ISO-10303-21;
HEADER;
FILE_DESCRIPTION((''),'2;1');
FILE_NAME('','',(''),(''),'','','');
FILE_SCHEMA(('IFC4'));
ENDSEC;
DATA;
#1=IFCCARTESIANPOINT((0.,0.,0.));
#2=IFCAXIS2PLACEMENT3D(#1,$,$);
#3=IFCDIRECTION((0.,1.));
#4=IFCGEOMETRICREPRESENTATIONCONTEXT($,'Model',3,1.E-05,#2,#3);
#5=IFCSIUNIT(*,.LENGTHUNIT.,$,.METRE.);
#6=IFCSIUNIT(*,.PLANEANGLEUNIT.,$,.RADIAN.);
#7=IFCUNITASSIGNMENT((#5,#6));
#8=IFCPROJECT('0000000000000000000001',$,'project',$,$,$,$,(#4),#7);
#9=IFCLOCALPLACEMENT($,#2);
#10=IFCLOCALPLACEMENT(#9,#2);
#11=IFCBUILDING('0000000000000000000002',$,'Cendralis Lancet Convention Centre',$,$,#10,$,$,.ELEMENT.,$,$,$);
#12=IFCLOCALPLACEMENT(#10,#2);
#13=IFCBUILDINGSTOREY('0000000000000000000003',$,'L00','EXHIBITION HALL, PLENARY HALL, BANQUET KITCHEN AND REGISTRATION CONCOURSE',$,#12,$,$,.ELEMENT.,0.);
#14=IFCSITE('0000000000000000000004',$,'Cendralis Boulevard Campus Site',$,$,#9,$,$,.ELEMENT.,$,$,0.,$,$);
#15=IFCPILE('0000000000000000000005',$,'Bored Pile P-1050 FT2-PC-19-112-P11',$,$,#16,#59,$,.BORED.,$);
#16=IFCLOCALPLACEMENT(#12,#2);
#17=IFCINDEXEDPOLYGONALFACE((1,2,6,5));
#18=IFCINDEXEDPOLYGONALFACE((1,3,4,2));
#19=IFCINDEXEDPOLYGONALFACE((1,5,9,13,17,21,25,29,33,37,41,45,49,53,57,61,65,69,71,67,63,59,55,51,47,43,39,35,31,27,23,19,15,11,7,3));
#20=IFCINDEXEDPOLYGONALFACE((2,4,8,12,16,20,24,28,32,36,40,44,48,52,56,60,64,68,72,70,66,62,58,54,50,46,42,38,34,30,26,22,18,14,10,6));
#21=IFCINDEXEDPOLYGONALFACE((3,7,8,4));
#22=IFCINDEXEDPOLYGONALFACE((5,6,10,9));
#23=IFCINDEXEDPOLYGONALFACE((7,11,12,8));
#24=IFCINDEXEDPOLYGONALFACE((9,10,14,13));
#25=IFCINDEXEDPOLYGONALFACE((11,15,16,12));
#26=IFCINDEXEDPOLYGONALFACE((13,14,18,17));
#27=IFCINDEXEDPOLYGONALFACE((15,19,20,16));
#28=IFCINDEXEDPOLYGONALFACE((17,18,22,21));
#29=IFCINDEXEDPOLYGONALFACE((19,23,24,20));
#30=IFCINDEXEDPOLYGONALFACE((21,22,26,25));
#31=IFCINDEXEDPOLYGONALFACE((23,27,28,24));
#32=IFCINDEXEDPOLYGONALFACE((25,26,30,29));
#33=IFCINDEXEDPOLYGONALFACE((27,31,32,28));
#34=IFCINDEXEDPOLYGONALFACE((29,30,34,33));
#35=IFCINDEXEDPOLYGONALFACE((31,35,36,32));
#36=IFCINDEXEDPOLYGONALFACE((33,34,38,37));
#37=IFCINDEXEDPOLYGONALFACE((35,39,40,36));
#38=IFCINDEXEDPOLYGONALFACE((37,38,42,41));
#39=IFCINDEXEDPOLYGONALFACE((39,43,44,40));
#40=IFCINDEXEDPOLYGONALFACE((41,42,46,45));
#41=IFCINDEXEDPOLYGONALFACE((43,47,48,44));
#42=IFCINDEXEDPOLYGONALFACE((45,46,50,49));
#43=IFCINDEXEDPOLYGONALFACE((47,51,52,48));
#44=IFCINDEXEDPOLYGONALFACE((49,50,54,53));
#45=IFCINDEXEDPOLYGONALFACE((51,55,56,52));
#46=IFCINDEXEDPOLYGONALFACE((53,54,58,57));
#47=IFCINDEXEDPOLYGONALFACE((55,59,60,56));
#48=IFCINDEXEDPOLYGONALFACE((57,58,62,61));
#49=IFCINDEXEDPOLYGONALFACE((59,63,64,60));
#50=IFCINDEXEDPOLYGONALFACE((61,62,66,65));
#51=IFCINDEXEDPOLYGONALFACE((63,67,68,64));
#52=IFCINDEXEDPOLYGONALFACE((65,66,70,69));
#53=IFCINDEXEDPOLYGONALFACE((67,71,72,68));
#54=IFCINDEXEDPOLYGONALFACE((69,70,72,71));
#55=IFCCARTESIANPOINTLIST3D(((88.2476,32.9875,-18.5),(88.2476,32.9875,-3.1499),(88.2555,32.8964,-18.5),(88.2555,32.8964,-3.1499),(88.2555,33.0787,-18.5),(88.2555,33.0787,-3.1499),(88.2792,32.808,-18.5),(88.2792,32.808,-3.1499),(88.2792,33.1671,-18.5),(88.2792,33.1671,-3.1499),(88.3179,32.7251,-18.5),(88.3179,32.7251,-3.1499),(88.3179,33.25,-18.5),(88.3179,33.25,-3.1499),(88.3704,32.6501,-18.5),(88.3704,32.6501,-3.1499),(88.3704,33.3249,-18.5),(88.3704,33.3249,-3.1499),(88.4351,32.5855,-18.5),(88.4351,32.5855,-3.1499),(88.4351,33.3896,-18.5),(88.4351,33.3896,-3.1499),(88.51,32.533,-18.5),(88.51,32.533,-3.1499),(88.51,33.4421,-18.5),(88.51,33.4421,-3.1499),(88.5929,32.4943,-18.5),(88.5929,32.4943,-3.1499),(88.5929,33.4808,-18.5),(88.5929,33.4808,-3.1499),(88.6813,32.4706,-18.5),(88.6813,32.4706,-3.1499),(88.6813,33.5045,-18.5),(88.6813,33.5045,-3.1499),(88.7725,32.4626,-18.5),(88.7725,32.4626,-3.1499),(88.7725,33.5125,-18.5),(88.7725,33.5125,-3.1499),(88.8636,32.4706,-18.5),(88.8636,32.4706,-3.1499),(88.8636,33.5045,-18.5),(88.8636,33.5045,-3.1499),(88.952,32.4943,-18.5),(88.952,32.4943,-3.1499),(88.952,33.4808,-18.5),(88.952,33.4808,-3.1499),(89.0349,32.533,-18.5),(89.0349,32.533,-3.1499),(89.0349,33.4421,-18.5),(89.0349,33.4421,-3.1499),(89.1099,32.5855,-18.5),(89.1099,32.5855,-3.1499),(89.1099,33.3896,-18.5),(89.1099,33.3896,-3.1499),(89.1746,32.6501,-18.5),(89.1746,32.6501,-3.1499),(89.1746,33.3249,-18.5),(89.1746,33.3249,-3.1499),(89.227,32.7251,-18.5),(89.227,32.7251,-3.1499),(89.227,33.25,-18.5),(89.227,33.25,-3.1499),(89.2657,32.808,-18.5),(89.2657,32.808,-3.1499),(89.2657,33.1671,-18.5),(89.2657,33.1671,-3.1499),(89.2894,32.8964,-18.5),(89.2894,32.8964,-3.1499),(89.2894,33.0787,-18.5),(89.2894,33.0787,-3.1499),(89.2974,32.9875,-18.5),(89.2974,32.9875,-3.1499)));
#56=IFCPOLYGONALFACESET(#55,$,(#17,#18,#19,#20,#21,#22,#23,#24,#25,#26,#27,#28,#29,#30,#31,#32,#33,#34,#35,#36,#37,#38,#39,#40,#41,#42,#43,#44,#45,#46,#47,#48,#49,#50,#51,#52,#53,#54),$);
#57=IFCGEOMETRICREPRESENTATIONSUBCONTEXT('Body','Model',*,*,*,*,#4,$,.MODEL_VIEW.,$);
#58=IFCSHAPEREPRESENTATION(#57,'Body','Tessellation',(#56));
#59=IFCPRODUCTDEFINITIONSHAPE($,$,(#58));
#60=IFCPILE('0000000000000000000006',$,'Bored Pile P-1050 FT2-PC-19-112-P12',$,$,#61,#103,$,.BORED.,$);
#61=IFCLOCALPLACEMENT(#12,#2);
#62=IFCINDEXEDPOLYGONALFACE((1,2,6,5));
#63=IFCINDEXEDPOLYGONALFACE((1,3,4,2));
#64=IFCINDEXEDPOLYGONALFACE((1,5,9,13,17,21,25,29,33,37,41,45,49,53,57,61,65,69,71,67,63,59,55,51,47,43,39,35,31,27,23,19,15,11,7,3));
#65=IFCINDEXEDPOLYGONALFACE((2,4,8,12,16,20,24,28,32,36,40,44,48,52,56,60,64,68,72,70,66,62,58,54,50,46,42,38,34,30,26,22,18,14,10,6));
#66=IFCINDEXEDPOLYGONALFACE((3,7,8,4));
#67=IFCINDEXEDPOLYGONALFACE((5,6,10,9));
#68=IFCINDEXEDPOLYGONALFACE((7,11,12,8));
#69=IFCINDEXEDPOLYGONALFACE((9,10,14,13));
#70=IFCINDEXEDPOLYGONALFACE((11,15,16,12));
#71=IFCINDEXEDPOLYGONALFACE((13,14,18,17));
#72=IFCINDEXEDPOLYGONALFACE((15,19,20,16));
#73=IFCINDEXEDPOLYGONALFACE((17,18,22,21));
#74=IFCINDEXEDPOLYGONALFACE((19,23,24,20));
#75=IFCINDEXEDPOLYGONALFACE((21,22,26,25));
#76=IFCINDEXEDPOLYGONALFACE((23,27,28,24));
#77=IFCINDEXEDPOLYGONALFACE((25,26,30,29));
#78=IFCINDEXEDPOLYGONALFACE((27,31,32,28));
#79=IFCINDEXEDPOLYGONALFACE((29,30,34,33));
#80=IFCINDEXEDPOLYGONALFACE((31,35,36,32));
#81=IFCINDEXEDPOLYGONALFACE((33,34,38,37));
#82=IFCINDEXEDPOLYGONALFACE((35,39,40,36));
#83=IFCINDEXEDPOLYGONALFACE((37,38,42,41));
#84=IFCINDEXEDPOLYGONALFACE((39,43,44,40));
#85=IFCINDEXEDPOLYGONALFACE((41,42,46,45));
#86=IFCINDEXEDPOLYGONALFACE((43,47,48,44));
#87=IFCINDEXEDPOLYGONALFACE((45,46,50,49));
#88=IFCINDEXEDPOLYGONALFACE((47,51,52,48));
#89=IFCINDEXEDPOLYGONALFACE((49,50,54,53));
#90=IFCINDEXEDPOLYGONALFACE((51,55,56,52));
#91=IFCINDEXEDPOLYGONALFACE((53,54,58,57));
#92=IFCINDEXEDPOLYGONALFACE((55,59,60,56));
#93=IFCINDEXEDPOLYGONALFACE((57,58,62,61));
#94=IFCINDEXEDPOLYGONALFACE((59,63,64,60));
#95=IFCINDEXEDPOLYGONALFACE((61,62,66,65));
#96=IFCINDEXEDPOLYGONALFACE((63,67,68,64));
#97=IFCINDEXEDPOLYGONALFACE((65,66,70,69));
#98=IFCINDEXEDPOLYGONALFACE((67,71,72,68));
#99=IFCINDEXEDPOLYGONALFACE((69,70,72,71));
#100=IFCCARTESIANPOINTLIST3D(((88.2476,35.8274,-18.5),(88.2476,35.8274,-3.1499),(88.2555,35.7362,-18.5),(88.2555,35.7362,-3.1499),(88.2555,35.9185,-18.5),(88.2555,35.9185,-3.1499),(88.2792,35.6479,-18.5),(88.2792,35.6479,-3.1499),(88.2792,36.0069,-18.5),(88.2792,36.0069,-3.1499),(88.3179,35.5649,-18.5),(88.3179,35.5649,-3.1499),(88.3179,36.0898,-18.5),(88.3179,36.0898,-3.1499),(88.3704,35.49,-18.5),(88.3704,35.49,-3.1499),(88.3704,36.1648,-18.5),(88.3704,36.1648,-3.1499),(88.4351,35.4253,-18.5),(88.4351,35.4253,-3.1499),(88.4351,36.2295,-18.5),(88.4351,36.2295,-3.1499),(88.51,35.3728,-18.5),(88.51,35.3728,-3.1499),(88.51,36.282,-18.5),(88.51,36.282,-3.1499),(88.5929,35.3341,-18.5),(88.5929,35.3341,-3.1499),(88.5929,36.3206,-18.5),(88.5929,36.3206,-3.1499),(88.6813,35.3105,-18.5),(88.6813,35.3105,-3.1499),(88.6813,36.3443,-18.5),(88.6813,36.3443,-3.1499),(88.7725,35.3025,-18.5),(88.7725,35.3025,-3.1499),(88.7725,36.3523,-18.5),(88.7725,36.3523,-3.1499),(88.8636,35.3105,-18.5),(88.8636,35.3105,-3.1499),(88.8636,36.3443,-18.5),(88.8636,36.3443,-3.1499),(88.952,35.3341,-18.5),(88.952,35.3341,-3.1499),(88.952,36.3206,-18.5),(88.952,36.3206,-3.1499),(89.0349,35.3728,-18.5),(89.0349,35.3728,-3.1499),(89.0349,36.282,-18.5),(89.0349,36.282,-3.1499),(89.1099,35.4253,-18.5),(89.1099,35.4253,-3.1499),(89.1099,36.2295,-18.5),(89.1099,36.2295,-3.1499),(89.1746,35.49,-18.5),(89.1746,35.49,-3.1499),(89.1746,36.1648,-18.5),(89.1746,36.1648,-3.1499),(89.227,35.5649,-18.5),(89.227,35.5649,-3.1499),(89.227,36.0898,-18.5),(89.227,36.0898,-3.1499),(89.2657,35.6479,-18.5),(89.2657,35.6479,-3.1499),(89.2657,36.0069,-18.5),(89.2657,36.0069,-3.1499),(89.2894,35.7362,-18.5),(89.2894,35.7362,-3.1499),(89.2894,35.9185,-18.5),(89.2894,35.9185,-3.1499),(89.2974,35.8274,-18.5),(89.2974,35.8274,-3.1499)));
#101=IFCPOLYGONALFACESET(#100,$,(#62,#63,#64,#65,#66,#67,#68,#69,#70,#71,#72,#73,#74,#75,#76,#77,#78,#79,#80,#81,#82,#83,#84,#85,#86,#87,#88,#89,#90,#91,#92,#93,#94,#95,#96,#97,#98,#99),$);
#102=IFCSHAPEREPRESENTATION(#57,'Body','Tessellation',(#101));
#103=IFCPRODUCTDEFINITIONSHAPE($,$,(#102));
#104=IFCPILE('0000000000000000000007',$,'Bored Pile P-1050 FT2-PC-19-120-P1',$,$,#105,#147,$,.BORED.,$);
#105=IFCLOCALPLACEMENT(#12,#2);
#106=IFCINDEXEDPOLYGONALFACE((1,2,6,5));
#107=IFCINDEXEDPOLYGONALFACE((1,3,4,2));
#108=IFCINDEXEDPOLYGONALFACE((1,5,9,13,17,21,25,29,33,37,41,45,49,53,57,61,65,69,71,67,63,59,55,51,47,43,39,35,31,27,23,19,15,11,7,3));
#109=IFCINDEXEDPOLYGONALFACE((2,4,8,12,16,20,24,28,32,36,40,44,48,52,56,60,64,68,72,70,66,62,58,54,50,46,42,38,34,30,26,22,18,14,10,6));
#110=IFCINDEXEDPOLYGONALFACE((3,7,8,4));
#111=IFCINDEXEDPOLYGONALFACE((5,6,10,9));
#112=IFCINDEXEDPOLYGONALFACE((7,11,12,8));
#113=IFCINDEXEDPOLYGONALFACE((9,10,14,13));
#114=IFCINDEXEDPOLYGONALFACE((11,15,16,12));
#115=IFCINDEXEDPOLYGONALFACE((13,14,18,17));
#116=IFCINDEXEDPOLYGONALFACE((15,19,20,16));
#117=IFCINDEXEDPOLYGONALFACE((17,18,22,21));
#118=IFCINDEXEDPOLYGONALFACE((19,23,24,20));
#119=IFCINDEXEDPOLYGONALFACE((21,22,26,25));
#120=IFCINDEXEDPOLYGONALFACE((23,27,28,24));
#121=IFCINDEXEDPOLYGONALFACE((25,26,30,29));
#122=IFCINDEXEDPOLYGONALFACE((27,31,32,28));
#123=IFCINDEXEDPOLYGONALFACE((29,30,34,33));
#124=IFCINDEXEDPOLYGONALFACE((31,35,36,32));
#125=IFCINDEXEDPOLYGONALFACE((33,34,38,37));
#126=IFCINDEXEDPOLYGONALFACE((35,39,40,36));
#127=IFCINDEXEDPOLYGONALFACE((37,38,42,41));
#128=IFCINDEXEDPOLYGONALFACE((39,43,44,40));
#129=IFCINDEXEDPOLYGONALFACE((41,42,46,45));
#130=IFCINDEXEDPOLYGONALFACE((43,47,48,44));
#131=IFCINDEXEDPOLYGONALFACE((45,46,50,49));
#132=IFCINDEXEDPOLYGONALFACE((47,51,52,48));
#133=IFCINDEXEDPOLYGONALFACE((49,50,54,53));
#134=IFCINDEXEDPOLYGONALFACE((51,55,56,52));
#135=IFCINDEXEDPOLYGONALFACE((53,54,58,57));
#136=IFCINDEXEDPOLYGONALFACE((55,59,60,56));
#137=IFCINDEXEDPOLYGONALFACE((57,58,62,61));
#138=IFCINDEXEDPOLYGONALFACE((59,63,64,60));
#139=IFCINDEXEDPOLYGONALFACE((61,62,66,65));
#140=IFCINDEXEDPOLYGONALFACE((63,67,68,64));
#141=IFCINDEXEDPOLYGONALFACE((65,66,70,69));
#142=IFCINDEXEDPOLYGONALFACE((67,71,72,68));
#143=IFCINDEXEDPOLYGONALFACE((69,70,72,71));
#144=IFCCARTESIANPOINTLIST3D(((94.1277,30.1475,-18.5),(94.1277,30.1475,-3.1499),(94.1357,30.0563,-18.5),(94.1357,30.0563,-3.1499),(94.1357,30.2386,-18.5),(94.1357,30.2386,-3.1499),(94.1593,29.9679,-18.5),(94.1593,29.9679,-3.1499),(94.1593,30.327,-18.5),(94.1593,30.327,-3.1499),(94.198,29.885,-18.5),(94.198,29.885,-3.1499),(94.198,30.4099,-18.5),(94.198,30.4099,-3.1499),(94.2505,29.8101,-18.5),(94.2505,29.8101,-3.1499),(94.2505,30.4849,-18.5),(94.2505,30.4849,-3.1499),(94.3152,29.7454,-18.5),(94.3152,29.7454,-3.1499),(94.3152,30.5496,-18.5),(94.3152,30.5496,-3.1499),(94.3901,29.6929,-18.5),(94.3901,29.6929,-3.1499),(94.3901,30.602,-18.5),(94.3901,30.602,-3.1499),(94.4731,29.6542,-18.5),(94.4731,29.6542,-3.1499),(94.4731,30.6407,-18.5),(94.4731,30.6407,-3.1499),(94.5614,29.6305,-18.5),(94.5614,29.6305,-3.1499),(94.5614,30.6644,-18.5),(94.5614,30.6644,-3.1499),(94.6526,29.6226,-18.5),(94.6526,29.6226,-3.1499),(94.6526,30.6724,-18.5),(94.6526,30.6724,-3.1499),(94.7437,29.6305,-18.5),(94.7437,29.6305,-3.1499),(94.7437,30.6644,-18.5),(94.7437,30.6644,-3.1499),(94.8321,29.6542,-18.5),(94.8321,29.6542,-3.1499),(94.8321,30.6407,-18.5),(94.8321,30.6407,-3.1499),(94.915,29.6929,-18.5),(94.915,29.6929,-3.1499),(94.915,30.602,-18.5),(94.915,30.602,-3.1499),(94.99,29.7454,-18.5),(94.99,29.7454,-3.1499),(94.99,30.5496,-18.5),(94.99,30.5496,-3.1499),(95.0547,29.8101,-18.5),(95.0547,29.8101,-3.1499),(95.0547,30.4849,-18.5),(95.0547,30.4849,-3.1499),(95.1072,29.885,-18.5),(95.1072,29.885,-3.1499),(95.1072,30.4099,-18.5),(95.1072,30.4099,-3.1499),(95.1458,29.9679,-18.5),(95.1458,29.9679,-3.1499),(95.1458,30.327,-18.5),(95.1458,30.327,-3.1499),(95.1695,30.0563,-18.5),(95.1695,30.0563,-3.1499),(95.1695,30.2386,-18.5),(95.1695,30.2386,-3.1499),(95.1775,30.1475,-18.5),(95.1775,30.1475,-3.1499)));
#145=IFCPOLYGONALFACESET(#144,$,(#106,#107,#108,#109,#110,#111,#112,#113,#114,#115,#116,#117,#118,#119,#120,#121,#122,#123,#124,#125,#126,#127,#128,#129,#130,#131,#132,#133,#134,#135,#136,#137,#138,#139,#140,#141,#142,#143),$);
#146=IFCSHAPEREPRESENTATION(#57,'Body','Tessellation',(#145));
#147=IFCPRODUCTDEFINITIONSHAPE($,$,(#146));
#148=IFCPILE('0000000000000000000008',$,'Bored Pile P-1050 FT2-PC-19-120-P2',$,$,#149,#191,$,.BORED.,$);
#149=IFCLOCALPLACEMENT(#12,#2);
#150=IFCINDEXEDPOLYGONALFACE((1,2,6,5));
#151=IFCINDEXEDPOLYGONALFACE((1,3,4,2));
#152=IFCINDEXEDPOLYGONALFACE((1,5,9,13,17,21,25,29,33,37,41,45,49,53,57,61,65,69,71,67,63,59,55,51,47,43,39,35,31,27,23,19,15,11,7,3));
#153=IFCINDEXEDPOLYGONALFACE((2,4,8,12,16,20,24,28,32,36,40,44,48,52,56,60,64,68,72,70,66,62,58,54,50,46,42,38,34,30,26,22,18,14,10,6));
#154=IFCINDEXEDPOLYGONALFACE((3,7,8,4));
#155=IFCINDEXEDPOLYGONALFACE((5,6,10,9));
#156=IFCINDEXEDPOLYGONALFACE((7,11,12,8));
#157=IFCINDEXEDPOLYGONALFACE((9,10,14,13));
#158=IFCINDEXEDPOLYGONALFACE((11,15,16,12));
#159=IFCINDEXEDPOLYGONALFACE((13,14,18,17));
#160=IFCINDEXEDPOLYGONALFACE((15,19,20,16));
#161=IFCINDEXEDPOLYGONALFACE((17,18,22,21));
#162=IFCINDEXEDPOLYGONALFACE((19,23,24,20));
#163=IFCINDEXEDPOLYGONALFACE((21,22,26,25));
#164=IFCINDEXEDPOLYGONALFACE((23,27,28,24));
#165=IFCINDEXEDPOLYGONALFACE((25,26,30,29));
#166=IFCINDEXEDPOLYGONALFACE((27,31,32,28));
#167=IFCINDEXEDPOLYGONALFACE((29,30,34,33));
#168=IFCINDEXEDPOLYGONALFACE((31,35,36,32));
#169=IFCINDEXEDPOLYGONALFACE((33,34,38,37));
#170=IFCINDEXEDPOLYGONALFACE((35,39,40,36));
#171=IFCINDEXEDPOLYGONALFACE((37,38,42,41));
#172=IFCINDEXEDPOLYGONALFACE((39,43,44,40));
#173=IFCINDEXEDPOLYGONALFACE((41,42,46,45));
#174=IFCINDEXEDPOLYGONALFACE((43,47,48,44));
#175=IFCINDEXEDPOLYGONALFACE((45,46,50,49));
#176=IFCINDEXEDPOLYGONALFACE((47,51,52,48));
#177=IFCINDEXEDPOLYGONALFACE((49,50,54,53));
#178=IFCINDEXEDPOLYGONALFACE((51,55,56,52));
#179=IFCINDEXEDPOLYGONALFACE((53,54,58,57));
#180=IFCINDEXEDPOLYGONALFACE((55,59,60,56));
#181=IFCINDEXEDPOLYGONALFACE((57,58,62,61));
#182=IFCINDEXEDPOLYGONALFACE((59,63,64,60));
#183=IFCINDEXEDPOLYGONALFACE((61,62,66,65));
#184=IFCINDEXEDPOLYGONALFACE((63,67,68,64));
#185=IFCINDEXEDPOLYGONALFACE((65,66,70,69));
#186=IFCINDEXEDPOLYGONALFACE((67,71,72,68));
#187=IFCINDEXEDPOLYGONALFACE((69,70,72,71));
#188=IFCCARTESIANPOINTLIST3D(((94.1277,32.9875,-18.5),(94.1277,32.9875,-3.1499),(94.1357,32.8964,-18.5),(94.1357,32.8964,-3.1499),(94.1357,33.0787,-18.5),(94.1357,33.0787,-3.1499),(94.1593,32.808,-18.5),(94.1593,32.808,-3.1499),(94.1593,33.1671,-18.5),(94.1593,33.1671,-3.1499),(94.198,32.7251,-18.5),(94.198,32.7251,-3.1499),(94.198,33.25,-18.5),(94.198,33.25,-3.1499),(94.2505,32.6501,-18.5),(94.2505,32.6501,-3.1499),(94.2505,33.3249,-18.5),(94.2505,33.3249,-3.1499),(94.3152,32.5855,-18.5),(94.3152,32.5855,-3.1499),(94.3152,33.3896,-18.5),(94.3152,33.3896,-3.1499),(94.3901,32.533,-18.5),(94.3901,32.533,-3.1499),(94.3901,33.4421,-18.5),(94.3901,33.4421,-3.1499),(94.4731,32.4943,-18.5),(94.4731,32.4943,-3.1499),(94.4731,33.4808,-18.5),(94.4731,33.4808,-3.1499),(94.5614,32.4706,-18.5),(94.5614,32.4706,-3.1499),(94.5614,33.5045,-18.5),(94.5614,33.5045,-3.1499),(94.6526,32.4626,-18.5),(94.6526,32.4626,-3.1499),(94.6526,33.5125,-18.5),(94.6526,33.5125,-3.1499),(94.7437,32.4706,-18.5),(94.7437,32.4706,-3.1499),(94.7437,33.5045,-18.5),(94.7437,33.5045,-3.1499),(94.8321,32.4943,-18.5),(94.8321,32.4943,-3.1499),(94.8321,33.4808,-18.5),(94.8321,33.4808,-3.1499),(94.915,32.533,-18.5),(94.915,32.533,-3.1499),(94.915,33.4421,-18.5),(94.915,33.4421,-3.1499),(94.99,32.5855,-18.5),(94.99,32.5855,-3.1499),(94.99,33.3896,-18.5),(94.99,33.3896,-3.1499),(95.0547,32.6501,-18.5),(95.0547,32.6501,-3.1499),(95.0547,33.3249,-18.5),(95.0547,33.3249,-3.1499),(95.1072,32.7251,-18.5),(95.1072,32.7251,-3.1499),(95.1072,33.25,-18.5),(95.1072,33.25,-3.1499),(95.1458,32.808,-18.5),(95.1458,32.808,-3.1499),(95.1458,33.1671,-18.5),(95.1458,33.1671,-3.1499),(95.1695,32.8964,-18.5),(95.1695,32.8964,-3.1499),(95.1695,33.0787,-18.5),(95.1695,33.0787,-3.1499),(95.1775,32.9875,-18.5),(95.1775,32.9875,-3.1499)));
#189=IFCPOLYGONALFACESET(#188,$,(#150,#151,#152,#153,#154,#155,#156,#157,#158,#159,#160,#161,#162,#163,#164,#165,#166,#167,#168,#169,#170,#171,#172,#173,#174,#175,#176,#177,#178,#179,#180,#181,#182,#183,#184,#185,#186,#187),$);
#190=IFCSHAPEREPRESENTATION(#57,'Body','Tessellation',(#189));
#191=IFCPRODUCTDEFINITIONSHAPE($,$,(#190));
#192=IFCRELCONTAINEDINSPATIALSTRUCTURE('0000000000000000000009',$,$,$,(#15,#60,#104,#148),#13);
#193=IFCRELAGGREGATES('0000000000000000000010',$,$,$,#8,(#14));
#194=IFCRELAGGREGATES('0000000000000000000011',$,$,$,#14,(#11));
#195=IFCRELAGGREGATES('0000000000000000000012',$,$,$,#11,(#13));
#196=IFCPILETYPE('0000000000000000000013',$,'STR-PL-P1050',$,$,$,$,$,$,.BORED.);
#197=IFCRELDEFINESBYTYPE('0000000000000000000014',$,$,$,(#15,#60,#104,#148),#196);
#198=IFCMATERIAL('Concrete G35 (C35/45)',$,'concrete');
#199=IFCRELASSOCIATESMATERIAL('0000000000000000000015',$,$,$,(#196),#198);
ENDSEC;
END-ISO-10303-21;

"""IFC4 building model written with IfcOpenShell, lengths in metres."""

from ifc_helpers import new_model, si_unit, direction, frame, origin, origin_2d, place, context, subcontext, project, spatial, circle, extrude, material, material_profile, profile_set, type_object, element, save


model = new_model("IFC4")

# Units and contexts
model_context = context("Model", 3, precision=1e-05, world=origin(), true_north=direction((0.0, 1.0)))
body_context = subcontext(model_context, "Body", "Model", "MODEL_VIEW")
ifc_project = project(units=[si_unit("LENGTHUNIT", "METRE"), si_unit("PLANEANGLEUNIT", "RADIAN")], contexts=[model_context])

# Site, building, storey
site_placement = place(None, origin())
site = spatial("IfcSite", under=ifc_project, at=site_placement, Name="Cendralis Boulevard Campus Site", CompositionType="ELEMENT", RefElevation=0.0)
building_placement = place(site_placement, origin())
building = spatial("IfcBuilding", under=site, at=building_placement, Name="Cendralis Lancet Convention Centre", CompositionType="ELEMENT")
storey_placement = place(building_placement, origin())
storey = spatial("IfcBuildingStorey", under=building, at=storey_placement, Name="L00", Description="EXHIBITION HALL, PLENARY HALL, BANQUET KITCHEN AND REGISTRATION CONCOURSE", CompositionType="ELEMENT", Elevation=0.0)

# Shared definitions
ifc_material_1 = material(Name="Concrete G35 (C35/45)", Category="concrete")

# Piles
ifc_material_profile_1 = material_profile(ifc_material_1, circle(Radius=0.5249, at=origin_2d()), Name="BORED PILE D1050")
ifc_profile_set_1 = profile_set([ifc_material_profile_1], Name="Concrete G35 (C35/45)")
pile_type_1 = type_object("IfcPileType", Name="STR-PL-P1050", PredefinedType="BORED", material=ifc_profile_set_1)
for number, where, z_axis, x_axis, name in (
    (1, (88.7725, 32.9875, -3.1499), (0.0, 0.0, -1.0), (1.0, 0.0, 0.0), "Bored Pile P-1050 FT2-PC-19-112-P11"),
    (2, (88.7725, 35.8274, -3.1499), (0.0, 0.0, -1.0), (1.0, 0.0, 0.0), "Bored Pile P-1050 FT2-PC-19-112-P12"),
    (3, (94.6526, 30.1475, -3.1499), (0.0, 0.0, -1.0), (1.0, 0.0, 0.0), "Bored Pile P-1050 FT2-PC-19-120-P1"),
    (4, (94.6526, 32.9875, -3.1499), (0.0, 0.0, -1.0), (1.0, 0.0, 0.0), "Bored Pile P-1050 FT2-PC-19-120-P2"),
):
    element("IfcPile", number, at=place(storey_placement, frame(where, z_axis=z_axis, x_axis=x_axis)), inside=storey, type_object=pile_type_1, Name=name, PredefinedType="BORED", context=body_context, shape_type="SweptSolid", body=[
        extrude(circle(Radius=0.5249, at=origin_2d()), origin(), (0.0, 0.0, 1.0), 15.3501),
    ])

save(model, "model.ifc")
